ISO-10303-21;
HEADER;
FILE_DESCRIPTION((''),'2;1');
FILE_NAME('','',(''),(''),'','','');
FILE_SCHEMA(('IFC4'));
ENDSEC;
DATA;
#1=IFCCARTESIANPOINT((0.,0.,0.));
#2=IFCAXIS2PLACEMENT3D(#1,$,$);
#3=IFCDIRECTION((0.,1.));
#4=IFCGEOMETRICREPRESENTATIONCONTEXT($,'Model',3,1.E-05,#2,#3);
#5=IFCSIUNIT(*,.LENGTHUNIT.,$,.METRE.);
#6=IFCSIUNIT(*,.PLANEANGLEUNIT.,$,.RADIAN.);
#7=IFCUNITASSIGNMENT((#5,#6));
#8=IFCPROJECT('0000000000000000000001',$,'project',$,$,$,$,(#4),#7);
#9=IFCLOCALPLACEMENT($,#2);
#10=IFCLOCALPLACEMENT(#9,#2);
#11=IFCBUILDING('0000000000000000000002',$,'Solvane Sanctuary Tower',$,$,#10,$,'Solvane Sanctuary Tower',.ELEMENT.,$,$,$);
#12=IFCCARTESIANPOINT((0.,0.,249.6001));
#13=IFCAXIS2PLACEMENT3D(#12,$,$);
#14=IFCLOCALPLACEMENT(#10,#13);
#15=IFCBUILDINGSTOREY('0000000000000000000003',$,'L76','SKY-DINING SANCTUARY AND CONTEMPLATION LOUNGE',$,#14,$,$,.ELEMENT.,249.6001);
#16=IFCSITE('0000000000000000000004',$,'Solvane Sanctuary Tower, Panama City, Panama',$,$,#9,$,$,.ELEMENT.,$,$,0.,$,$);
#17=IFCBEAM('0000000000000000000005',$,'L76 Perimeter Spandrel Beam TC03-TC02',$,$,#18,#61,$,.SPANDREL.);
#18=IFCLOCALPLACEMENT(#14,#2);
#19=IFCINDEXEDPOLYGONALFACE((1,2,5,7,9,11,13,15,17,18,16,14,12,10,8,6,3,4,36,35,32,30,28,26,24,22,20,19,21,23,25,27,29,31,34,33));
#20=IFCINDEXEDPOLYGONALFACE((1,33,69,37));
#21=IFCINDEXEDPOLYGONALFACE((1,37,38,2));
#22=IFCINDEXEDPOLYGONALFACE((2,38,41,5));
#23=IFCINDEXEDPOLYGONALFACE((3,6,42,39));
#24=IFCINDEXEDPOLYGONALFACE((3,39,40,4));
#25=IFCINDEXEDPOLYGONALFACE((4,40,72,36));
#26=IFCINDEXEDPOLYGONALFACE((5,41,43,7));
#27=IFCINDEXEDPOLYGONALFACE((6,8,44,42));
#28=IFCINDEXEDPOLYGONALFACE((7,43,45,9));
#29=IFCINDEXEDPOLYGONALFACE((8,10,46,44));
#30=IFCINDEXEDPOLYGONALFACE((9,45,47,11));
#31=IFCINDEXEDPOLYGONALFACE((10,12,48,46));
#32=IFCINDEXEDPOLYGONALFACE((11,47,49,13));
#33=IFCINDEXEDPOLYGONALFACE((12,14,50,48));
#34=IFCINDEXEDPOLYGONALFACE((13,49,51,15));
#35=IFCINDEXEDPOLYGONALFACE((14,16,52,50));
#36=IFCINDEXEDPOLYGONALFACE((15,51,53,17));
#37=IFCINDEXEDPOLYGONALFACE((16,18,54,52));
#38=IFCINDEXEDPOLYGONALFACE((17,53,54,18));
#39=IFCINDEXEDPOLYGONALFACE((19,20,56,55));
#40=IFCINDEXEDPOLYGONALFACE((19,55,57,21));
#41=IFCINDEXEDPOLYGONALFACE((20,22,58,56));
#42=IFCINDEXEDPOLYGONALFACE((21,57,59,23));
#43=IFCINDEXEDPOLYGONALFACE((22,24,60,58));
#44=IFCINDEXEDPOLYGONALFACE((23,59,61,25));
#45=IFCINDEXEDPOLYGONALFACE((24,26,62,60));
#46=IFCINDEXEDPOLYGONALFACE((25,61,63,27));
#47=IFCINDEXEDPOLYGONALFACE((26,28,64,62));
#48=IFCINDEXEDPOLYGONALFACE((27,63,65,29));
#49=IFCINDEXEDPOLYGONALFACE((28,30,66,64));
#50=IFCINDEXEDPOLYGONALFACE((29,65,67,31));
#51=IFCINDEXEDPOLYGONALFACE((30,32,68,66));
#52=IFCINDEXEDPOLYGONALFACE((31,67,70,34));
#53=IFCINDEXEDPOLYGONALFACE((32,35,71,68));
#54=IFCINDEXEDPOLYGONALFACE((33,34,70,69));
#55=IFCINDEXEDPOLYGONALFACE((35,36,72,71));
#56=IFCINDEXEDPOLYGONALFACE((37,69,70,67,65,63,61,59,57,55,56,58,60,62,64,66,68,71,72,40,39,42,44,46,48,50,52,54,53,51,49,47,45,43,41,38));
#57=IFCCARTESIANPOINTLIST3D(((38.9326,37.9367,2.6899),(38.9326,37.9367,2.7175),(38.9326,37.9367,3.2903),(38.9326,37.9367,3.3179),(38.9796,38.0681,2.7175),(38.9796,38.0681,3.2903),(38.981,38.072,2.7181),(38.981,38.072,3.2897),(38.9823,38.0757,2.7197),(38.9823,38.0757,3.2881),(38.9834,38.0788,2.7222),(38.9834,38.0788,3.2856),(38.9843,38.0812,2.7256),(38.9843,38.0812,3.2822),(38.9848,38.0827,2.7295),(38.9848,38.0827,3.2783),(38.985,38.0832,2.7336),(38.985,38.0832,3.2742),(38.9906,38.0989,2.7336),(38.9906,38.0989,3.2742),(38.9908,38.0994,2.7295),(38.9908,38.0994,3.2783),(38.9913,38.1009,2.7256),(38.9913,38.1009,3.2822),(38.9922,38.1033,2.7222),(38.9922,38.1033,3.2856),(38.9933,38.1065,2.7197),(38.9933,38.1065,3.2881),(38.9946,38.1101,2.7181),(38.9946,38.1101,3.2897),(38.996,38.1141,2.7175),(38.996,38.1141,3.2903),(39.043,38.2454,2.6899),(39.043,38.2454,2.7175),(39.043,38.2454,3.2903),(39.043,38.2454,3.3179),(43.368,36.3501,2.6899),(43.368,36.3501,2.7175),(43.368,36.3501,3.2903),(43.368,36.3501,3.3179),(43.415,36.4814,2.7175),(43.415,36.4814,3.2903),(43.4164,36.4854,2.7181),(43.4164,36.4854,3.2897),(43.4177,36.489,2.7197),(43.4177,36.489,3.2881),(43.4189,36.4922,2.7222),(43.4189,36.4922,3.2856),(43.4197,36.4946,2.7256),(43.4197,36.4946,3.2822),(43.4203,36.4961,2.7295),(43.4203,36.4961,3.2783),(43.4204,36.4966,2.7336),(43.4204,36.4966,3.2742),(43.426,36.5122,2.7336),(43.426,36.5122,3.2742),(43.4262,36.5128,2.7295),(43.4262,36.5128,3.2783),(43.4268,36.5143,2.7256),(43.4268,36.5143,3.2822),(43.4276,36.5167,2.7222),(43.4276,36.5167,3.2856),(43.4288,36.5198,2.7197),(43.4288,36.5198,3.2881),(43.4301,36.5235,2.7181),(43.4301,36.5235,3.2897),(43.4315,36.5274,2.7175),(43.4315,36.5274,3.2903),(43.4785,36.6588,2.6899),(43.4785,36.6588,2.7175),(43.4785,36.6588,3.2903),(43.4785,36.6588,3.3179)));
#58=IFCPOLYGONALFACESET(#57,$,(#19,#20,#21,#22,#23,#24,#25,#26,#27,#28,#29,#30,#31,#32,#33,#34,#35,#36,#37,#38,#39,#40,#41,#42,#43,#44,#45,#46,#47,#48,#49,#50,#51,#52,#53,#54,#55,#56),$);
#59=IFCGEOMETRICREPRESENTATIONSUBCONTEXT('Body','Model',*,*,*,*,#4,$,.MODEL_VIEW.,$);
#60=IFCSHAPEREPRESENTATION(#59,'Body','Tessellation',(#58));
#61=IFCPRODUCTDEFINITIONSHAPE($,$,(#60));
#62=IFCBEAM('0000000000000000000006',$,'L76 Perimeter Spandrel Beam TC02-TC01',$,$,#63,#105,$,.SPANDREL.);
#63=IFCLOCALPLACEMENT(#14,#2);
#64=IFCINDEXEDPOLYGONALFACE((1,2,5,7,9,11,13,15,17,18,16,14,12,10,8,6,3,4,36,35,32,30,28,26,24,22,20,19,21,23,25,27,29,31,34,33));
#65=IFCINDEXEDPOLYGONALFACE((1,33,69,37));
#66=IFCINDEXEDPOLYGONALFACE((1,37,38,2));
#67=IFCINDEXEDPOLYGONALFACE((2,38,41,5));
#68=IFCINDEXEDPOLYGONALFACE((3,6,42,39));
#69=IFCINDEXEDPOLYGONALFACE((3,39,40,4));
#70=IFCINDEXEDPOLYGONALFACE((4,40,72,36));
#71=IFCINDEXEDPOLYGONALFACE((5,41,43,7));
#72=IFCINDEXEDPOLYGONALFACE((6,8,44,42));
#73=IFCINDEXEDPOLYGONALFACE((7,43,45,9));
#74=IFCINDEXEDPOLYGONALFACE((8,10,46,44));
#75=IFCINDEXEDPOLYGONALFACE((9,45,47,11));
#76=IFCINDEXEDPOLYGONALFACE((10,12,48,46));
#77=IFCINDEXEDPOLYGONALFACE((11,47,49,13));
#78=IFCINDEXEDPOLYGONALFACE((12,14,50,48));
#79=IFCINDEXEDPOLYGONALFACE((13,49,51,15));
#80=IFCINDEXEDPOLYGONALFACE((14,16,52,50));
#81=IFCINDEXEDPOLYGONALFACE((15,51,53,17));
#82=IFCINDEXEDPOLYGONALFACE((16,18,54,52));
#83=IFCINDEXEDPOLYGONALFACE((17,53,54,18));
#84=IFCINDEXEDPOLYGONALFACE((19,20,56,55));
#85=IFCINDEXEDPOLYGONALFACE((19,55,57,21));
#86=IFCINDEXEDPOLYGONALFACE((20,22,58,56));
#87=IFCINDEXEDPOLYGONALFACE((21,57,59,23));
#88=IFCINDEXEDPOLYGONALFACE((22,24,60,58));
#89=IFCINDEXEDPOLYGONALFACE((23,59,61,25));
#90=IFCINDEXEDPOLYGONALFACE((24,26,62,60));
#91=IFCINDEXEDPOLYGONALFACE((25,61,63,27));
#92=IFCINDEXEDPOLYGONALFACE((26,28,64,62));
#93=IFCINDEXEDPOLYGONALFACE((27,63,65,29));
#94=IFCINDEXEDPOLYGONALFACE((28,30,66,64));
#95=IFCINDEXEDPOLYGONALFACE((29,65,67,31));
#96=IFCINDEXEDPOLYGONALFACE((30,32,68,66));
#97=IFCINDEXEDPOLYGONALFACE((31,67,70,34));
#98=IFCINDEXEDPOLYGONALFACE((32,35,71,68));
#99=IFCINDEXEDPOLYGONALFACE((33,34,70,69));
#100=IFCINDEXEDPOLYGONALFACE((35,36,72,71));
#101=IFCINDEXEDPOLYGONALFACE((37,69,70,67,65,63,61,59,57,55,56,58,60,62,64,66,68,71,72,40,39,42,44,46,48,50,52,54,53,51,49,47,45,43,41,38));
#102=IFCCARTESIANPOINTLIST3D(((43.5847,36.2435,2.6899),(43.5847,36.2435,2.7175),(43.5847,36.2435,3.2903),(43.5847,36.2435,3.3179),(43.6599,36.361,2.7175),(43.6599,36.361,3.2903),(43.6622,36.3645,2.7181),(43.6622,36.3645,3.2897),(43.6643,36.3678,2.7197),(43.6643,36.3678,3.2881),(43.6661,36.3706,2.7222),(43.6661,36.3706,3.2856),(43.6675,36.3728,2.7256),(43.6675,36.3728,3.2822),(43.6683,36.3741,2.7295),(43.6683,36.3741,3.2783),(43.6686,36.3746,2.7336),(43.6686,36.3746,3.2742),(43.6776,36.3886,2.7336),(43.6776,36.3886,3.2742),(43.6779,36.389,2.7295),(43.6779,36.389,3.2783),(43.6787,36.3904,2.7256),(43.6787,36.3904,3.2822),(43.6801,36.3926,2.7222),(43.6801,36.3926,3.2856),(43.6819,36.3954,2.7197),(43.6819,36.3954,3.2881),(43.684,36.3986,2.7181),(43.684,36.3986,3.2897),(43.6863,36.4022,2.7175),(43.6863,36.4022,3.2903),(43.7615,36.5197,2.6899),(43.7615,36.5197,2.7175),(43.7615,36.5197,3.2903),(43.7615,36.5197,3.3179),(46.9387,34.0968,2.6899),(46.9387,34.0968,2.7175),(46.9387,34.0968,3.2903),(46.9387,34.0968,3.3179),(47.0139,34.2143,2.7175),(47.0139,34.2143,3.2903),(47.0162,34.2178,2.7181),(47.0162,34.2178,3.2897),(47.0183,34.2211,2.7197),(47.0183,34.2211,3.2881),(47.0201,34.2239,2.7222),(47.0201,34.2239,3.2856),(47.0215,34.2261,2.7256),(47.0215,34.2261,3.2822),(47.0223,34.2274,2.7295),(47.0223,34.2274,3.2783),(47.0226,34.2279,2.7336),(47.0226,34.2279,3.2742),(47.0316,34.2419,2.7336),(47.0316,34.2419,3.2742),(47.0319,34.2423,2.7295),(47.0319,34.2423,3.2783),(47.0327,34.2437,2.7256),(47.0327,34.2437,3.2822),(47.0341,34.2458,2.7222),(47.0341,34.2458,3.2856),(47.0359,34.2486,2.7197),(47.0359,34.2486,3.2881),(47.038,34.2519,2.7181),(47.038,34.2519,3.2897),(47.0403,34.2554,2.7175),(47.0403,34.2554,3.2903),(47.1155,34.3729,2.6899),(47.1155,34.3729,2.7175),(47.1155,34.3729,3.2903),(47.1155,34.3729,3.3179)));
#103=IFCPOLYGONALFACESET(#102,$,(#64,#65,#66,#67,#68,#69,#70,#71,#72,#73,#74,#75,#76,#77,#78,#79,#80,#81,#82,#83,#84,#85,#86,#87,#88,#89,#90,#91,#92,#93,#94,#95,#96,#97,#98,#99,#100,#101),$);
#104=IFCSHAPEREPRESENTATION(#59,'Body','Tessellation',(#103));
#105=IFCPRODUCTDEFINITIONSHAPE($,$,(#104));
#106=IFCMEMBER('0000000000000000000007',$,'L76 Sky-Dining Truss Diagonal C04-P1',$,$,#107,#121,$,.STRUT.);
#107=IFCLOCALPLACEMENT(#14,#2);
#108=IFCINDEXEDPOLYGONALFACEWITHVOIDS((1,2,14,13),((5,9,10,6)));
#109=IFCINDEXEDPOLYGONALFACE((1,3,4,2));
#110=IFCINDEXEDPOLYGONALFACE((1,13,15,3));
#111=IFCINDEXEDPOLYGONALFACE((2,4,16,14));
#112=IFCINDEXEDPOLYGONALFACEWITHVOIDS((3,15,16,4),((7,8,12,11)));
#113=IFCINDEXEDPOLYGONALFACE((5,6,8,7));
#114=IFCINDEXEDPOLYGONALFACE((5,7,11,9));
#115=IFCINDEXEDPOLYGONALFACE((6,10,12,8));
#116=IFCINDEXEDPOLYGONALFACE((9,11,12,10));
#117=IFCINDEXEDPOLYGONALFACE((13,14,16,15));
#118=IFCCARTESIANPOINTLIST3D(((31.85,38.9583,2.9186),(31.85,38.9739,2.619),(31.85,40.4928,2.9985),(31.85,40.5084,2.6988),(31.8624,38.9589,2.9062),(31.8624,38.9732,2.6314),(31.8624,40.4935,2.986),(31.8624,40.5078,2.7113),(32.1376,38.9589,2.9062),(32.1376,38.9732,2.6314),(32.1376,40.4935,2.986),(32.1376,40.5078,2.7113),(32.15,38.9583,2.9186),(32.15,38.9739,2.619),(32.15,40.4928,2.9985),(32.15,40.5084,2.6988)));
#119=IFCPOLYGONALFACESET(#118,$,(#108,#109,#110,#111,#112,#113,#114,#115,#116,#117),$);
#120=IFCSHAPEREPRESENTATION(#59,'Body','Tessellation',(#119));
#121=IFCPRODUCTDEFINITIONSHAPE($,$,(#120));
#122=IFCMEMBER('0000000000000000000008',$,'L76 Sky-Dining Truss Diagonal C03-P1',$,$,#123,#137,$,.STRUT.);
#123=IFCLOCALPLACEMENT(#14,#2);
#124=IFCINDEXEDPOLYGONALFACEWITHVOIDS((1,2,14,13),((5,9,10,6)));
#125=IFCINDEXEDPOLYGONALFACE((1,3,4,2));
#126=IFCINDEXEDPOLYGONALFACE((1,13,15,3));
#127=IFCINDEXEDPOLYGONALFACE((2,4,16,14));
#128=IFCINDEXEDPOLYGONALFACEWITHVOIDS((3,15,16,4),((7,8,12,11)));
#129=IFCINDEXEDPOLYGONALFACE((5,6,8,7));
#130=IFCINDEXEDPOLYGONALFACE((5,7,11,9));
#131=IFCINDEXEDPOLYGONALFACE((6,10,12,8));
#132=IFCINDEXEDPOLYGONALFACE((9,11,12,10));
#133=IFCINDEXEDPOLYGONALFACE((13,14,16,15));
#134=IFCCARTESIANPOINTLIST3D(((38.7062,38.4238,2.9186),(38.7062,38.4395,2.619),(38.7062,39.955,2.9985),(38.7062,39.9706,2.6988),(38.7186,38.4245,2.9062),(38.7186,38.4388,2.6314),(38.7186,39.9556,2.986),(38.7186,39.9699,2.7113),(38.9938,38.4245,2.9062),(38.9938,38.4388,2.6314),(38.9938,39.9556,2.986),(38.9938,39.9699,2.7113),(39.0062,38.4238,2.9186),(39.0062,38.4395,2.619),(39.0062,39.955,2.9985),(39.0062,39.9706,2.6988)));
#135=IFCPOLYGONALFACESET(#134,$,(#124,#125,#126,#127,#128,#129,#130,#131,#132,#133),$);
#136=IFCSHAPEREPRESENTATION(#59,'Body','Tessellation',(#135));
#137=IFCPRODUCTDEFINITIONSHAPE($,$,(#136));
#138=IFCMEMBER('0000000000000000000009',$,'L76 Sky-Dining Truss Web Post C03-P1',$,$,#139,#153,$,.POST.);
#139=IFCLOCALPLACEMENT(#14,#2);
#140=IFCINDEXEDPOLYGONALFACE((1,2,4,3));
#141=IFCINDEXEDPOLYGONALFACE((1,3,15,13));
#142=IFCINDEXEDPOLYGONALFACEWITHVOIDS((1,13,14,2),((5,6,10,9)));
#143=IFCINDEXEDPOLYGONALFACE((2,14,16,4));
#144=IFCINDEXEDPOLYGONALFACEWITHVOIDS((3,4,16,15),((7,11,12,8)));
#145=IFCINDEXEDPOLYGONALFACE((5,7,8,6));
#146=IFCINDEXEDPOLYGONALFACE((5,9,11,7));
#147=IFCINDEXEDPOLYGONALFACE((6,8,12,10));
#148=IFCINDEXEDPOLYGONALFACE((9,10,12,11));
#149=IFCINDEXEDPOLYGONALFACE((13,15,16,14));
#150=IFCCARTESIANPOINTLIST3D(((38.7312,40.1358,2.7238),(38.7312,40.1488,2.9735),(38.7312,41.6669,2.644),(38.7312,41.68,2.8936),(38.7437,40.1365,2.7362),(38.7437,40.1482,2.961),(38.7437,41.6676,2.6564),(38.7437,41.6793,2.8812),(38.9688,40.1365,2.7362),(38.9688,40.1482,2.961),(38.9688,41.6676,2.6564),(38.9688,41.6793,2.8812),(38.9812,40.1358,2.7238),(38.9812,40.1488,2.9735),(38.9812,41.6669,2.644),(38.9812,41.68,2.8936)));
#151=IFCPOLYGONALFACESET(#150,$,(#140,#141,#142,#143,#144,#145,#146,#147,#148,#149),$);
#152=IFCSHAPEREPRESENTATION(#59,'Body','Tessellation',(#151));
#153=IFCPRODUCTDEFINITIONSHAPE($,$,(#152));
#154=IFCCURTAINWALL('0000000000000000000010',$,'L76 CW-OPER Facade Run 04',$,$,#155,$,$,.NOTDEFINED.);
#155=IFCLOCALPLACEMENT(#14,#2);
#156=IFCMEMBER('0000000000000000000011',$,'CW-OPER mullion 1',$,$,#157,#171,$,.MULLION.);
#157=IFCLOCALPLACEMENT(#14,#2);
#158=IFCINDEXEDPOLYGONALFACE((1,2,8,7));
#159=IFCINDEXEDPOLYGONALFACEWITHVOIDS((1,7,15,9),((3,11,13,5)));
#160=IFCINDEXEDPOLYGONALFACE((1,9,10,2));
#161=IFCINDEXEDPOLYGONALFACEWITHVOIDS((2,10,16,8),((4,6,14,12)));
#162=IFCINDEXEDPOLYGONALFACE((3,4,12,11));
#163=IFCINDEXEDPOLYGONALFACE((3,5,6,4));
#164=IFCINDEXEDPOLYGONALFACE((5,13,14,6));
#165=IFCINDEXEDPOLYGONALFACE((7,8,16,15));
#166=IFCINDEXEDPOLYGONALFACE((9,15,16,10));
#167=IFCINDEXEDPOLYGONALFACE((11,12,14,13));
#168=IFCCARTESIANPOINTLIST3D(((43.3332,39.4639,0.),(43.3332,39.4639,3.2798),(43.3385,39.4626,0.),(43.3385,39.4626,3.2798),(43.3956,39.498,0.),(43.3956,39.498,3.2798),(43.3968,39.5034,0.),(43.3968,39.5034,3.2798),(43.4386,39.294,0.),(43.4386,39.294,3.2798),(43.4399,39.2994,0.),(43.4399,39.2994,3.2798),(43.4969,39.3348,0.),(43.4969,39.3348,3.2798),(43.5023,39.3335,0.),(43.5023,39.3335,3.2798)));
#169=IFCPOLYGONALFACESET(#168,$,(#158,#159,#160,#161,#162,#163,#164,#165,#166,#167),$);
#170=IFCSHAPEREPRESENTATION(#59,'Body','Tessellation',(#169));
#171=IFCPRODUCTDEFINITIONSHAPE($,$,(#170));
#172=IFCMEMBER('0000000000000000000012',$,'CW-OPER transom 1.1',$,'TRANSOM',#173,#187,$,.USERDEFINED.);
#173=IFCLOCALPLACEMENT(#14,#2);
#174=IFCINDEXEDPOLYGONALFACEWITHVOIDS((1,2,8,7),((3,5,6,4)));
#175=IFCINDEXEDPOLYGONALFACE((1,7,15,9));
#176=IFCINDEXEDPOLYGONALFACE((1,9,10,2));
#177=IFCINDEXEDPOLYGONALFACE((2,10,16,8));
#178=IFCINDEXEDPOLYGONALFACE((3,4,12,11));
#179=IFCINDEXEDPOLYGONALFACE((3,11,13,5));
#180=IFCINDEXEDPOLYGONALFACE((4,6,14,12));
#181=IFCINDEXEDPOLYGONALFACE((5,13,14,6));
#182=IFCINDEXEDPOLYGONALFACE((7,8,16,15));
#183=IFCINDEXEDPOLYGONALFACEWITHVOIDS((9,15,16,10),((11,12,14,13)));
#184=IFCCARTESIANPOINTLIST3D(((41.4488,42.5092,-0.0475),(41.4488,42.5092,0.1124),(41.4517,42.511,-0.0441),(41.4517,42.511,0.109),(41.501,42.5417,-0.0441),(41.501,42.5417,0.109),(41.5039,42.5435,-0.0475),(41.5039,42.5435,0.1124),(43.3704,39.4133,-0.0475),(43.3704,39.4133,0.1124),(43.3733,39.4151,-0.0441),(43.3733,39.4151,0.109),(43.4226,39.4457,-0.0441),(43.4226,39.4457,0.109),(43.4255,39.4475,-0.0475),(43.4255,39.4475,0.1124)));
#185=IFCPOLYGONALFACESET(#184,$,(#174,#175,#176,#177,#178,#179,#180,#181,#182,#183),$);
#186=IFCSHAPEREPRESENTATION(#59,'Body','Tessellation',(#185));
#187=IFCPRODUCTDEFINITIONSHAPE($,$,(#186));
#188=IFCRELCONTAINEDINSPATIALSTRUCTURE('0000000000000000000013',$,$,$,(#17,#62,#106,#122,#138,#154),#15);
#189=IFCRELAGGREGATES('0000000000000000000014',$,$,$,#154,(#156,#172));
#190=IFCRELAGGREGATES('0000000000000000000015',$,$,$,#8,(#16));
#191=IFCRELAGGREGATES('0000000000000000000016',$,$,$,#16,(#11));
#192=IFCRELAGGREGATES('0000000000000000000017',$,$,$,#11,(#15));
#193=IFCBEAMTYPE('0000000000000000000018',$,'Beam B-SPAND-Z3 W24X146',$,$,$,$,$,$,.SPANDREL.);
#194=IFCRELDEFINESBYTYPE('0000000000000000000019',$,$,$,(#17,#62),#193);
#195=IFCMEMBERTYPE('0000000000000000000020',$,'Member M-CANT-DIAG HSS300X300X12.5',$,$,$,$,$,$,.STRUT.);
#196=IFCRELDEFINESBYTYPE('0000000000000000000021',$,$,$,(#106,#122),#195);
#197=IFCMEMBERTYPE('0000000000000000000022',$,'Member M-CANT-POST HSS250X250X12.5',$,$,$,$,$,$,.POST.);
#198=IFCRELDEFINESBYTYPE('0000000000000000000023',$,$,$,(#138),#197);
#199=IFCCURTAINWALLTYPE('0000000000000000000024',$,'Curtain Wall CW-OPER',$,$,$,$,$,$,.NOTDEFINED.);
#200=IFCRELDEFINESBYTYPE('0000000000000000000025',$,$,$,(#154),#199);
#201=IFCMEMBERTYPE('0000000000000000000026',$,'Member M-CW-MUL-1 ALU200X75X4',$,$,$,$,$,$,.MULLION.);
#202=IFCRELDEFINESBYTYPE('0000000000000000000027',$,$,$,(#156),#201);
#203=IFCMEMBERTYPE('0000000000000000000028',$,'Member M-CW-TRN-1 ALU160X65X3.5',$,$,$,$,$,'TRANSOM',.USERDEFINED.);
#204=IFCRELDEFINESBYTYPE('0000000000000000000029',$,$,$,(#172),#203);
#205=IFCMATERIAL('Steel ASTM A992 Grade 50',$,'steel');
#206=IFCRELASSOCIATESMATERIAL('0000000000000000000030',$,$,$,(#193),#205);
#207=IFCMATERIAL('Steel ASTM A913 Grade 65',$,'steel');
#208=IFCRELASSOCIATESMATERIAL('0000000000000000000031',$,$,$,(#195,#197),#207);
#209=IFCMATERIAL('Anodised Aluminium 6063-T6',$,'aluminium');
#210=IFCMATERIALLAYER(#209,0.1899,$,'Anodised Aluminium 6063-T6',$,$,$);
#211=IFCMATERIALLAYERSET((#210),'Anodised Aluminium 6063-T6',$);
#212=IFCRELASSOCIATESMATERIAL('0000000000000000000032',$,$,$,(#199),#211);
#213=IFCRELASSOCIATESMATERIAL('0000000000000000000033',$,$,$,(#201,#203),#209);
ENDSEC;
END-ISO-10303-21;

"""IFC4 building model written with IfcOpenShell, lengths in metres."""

from ifc_helpers import new_model, si_unit, direction, frame, origin, origin_2d, place, context, subcontext, project, spatial, hollow_rectangle, i_section, extrude, material, layer, layer_set, material_profile, profile_set, type_object, element, aggregate, save


model = new_model("IFC4")

# Units and contexts
model_context = context("Model", 3, precision=1e-05, world=origin(), true_north=direction((0.0, 1.0)))
body_context = subcontext(model_context, "Body", "Model", "MODEL_VIEW")
ifc_project = project(units=[si_unit("LENGTHUNIT", "METRE"), si_unit("PLANEANGLEUNIT", "RADIAN")], contexts=[model_context])

# Site, building, storey
site_placement = place(None, origin())
site = spatial("IfcSite", under=ifc_project, at=site_placement, Name="Solvane Sanctuary Tower, Panama City, Panama", CompositionType="ELEMENT", RefElevation=0.0)
building_placement = place(site_placement, origin())
building = spatial("IfcBuilding", under=site, at=building_placement, Name="Solvane Sanctuary Tower", LongName="Solvane Sanctuary Tower", CompositionType="ELEMENT")
storey_placement = place(building_placement, frame((0.0, 0.0, 249.6001)))
storey = spatial("IfcBuildingStorey", under=building, at=storey_placement, Name="L76", Description="SKY-DINING SANCTUARY AND CONTEMPLATION LOUNGE", CompositionType="ELEMENT", Elevation=249.6001)

# Shared definitions
ifc_material_1 = material(Name="Steel ASTM A913 Grade 65", Category="steel")

# Beams
ifc_material_2 = material(Name="Steel ASTM A992 Grade 50", Category="steel")
ifc_material_profile_1 = material_profile(ifc_material_2, i_section(OverallWidth=0.3279, OverallDepth=0.6279, WebThickness=0.0166, FlangeThickness=0.0276, FilletRadius=0.0161, at=origin_2d()), Name="W24X146")
ifc_profile_set_1 = profile_set([ifc_material_profile_1], Name="Steel ASTM A992 Grade 50")
beam_type_1 = type_object("IfcBeamType", Name="Beam B-SPAND-Z3 W24X146", PredefinedType="SPANDREL", material=ifc_profile_set_1)
beam_1_placement = place(storey_placement, frame((38.9878, 38.0911, 3.0039), z_axis=(0.941571, -0.336816, 0.0), x_axis=(0.336816, 0.941571, 0.0)))
element("IfcBeam", 1, at=beam_1_placement, inside=storey, type_object=beam_type_1, Name="L76 Perimeter Spandrel Beam TC03-TC02", PredefinedType="SPANDREL", context=body_context, shape_type="SweptSolid", body=[
    extrude(i_section(OverallWidth=0.3279, OverallDepth=0.6279, WebThickness=0.0166, FlangeThickness=0.0276, FilletRadius=0.0161, at=origin_2d()), origin(), (0.0, 0.0, 1.0), 4.7107),
])
beam_2_placement = place(storey_placement, frame((43.6731, 36.3816, 3.0039), z_axis=(0.842252, -0.539083, 0.0), x_axis=(0.539083, 0.842252, 0.0)))
element("IfcBeam", 2, at=beam_2_placement, inside=storey, type_object=beam_type_1, Name="L76 Perimeter Spandrel Beam TC02-TC01", PredefinedType="SPANDREL", context=body_context, shape_type="SweptSolid", body=[
    extrude(i_section(OverallWidth=0.3279, OverallDepth=0.6279, WebThickness=0.0166, FlangeThickness=0.0276, FilletRadius=0.0161, at=origin_2d()), origin(), (0.0, 0.0, 1.0), 3.9822),
])

# Members
ifc_material_profile_2 = material_profile(ifc_material_1, hollow_rectangle(XDim=0.3, YDim=0.3, WallThickness=0.0125, at=origin_2d()), Name="HSS300X300X12.5")
ifc_profile_set_2 = profile_set([ifc_material_profile_2], Name="Steel ASTM A913 Grade 65")
member_type_1 = type_object("IfcMemberType", Name="Member M-CANT-DIAG HSS300X300X12.5", PredefinedType="STRUT", material=ifc_profile_set_2)
member_1_placement = place(storey_placement, frame((32.0, 38.9661, 2.7688), z_axis=(0.0, 0.998649, 0.051958), x_axis=(-1.0, 0.0, 0.0)))
element("IfcMember", 3, at=member_1_placement, inside=storey, type_object=member_type_1, Name="L76 Sky-Dining Truss Diagonal C04-P1", PredefinedType="STRUT", context=body_context, shape_type="SweptSolid", body=[
    extrude(hollow_rectangle(XDim=0.3, YDim=0.3, WallThickness=0.0125, at=origin_2d()), origin(), (0.0, 0.0, 1.0), 1.5366),
])
member_2_placement = place(storey_placement, frame((38.8562, 38.4316, 2.7688), z_axis=(0.0, 0.998643, 0.052074), x_axis=(-1.0, 0.0, 0.0)))
element("IfcMember", 4, at=member_2_placement, inside=storey, type_object=member_type_1, Name="L76 Sky-Dining Truss Diagonal C03-P1", PredefinedType="STRUT", context=body_context, shape_type="SweptSolid", body=[
    extrude(hollow_rectangle(XDim=0.3, YDim=0.3, WallThickness=0.0125, at=origin_2d()), origin(), (0.0, 0.0, 1.0), 1.5332),
])
ifc_material_profile_3 = material_profile(ifc_material_1, hollow_rectangle(XDim=0.25, YDim=0.25, WallThickness=0.0125, at=origin_2d()), Name="HSS250X250X12.5")
ifc_profile_set_3 = profile_set([ifc_material_profile_3], Name="Steel ASTM A913 Grade 65")
member_type_2 = type_object("IfcMemberType", Name="Member M-CANT-POST HSS250X250X12.5", PredefinedType="POST", material=ifc_profile_set_3)
member_3_placement = place(storey_placement, frame((38.8562, 40.1423, 2.8486), z_axis=(0.0, 0.998643, -0.052074), x_axis=(-1.0, 0.0, 0.0)))
element("IfcMember", 5, at=member_3_placement, inside=storey, type_object=member_type_2, Name="L76 Sky-Dining Truss Web Post C03-P1", PredefinedType="POST", context=body_context, shape_type="SweptSolid", body=[
    extrude(hollow_rectangle(XDim=0.25, YDim=0.25, WallThickness=0.0125, at=origin_2d()), origin(), (0.0, 0.0, 1.0), 1.5332),
])

# Curtain wall, members
ifc_material_3 = material(Name="Anodised Aluminium 6063-T6", Category="aluminium")
ifc_layer_1 = layer(ifc_material_3, 0.1899, Name="Anodised Aluminium 6063-T6")
ifc_layer_set_1 = layer_set([ifc_layer_1], Name="Anodised Aluminium 6063-T6")
curtain_wall_type = type_object("IfcCurtainWallType", Name="Curtain Wall CW-OPER", PredefinedType="NOTDEFINED", material=ifc_layer_set_1)
curtain_wall_placement = place(storey_placement, origin())
curtain_wall = element("IfcCurtainWall", 6, at=curtain_wall_placement, inside=storey, type_object=curtain_wall_type, Name="L76 CW-OPER Facade Run 04", PredefinedType="NOTDEFINED")
ifc_material_profile_4 = material_profile(ifc_material_3, hollow_rectangle(XDim=0.075, YDim=0.2, WallThickness=0.0039, at=origin_2d()), Name="ALU200X75X4")
ifc_profile_set_4 = profile_set([ifc_material_profile_4], Name="Anodised Aluminium 6063-T6")
member_type_3 = type_object("IfcMemberType", Name="Member M-CW-MUL-1 ALU200X75X4", PredefinedType="MULLION", material=ifc_profile_set_4)
member_4_placement = place(storey_placement, frame((43.4177, 39.3987, 0.0), z_axis=(0.0, 0.0, 1.0), x_axis=(-0.849622, -0.527392, 0.0)))
member_4 = element("IfcMember", 7, at=member_4_placement, type_object=member_type_3, Name="CW-OPER mullion 1", PredefinedType="MULLION", context=body_context, shape_type="SweptSolid", body=[
    extrude(hollow_rectangle(XDim=0.075, YDim=0.2, WallThickness=0.0039, at=origin_2d()), origin(), (0.0, 0.0, 1.0), 3.2798),
])
ifc_material_profile_5 = material_profile(ifc_material_3, hollow_rectangle(XDim=0.0649, YDim=0.1599, WallThickness=0.0034, at=origin_2d()), Name="ALU160X65X3.5")
ifc_profile_set_5 = profile_set([ifc_material_profile_5], Name="Anodised Aluminium 6063-T6")
member_type_4 = type_object("IfcMemberType", Name="Member M-CW-TRN-1 ALU160X65X3.5", ElementType="TRANSOM", PredefinedType="USERDEFINED", material=ifc_profile_set_5)
member_5_placement = place(storey_placement, frame((43.3979, 39.4304, 0.0325), z_axis=(-0.527365, 0.849639, 0.0), x_axis=(-0.849639, -0.527365, 0.0)))
member_5 = element("IfcMember", 8, at=member_5_placement, type_object=member_type_4, Name="CW-OPER transom 1.1", ObjectType="TRANSOM", PredefinedType="USERDEFINED", context=body_context, shape_type="SweptSolid", body=[
    extrude(hollow_rectangle(XDim=0.0649, YDim=0.1599, WallThickness=0.0034, at=origin_2d()), origin(), (0.0, 0.0, 1.0), 3.6438),
])
aggregate(curtain_wall, [member_4, member_5])

save(model, "model.ifc")
